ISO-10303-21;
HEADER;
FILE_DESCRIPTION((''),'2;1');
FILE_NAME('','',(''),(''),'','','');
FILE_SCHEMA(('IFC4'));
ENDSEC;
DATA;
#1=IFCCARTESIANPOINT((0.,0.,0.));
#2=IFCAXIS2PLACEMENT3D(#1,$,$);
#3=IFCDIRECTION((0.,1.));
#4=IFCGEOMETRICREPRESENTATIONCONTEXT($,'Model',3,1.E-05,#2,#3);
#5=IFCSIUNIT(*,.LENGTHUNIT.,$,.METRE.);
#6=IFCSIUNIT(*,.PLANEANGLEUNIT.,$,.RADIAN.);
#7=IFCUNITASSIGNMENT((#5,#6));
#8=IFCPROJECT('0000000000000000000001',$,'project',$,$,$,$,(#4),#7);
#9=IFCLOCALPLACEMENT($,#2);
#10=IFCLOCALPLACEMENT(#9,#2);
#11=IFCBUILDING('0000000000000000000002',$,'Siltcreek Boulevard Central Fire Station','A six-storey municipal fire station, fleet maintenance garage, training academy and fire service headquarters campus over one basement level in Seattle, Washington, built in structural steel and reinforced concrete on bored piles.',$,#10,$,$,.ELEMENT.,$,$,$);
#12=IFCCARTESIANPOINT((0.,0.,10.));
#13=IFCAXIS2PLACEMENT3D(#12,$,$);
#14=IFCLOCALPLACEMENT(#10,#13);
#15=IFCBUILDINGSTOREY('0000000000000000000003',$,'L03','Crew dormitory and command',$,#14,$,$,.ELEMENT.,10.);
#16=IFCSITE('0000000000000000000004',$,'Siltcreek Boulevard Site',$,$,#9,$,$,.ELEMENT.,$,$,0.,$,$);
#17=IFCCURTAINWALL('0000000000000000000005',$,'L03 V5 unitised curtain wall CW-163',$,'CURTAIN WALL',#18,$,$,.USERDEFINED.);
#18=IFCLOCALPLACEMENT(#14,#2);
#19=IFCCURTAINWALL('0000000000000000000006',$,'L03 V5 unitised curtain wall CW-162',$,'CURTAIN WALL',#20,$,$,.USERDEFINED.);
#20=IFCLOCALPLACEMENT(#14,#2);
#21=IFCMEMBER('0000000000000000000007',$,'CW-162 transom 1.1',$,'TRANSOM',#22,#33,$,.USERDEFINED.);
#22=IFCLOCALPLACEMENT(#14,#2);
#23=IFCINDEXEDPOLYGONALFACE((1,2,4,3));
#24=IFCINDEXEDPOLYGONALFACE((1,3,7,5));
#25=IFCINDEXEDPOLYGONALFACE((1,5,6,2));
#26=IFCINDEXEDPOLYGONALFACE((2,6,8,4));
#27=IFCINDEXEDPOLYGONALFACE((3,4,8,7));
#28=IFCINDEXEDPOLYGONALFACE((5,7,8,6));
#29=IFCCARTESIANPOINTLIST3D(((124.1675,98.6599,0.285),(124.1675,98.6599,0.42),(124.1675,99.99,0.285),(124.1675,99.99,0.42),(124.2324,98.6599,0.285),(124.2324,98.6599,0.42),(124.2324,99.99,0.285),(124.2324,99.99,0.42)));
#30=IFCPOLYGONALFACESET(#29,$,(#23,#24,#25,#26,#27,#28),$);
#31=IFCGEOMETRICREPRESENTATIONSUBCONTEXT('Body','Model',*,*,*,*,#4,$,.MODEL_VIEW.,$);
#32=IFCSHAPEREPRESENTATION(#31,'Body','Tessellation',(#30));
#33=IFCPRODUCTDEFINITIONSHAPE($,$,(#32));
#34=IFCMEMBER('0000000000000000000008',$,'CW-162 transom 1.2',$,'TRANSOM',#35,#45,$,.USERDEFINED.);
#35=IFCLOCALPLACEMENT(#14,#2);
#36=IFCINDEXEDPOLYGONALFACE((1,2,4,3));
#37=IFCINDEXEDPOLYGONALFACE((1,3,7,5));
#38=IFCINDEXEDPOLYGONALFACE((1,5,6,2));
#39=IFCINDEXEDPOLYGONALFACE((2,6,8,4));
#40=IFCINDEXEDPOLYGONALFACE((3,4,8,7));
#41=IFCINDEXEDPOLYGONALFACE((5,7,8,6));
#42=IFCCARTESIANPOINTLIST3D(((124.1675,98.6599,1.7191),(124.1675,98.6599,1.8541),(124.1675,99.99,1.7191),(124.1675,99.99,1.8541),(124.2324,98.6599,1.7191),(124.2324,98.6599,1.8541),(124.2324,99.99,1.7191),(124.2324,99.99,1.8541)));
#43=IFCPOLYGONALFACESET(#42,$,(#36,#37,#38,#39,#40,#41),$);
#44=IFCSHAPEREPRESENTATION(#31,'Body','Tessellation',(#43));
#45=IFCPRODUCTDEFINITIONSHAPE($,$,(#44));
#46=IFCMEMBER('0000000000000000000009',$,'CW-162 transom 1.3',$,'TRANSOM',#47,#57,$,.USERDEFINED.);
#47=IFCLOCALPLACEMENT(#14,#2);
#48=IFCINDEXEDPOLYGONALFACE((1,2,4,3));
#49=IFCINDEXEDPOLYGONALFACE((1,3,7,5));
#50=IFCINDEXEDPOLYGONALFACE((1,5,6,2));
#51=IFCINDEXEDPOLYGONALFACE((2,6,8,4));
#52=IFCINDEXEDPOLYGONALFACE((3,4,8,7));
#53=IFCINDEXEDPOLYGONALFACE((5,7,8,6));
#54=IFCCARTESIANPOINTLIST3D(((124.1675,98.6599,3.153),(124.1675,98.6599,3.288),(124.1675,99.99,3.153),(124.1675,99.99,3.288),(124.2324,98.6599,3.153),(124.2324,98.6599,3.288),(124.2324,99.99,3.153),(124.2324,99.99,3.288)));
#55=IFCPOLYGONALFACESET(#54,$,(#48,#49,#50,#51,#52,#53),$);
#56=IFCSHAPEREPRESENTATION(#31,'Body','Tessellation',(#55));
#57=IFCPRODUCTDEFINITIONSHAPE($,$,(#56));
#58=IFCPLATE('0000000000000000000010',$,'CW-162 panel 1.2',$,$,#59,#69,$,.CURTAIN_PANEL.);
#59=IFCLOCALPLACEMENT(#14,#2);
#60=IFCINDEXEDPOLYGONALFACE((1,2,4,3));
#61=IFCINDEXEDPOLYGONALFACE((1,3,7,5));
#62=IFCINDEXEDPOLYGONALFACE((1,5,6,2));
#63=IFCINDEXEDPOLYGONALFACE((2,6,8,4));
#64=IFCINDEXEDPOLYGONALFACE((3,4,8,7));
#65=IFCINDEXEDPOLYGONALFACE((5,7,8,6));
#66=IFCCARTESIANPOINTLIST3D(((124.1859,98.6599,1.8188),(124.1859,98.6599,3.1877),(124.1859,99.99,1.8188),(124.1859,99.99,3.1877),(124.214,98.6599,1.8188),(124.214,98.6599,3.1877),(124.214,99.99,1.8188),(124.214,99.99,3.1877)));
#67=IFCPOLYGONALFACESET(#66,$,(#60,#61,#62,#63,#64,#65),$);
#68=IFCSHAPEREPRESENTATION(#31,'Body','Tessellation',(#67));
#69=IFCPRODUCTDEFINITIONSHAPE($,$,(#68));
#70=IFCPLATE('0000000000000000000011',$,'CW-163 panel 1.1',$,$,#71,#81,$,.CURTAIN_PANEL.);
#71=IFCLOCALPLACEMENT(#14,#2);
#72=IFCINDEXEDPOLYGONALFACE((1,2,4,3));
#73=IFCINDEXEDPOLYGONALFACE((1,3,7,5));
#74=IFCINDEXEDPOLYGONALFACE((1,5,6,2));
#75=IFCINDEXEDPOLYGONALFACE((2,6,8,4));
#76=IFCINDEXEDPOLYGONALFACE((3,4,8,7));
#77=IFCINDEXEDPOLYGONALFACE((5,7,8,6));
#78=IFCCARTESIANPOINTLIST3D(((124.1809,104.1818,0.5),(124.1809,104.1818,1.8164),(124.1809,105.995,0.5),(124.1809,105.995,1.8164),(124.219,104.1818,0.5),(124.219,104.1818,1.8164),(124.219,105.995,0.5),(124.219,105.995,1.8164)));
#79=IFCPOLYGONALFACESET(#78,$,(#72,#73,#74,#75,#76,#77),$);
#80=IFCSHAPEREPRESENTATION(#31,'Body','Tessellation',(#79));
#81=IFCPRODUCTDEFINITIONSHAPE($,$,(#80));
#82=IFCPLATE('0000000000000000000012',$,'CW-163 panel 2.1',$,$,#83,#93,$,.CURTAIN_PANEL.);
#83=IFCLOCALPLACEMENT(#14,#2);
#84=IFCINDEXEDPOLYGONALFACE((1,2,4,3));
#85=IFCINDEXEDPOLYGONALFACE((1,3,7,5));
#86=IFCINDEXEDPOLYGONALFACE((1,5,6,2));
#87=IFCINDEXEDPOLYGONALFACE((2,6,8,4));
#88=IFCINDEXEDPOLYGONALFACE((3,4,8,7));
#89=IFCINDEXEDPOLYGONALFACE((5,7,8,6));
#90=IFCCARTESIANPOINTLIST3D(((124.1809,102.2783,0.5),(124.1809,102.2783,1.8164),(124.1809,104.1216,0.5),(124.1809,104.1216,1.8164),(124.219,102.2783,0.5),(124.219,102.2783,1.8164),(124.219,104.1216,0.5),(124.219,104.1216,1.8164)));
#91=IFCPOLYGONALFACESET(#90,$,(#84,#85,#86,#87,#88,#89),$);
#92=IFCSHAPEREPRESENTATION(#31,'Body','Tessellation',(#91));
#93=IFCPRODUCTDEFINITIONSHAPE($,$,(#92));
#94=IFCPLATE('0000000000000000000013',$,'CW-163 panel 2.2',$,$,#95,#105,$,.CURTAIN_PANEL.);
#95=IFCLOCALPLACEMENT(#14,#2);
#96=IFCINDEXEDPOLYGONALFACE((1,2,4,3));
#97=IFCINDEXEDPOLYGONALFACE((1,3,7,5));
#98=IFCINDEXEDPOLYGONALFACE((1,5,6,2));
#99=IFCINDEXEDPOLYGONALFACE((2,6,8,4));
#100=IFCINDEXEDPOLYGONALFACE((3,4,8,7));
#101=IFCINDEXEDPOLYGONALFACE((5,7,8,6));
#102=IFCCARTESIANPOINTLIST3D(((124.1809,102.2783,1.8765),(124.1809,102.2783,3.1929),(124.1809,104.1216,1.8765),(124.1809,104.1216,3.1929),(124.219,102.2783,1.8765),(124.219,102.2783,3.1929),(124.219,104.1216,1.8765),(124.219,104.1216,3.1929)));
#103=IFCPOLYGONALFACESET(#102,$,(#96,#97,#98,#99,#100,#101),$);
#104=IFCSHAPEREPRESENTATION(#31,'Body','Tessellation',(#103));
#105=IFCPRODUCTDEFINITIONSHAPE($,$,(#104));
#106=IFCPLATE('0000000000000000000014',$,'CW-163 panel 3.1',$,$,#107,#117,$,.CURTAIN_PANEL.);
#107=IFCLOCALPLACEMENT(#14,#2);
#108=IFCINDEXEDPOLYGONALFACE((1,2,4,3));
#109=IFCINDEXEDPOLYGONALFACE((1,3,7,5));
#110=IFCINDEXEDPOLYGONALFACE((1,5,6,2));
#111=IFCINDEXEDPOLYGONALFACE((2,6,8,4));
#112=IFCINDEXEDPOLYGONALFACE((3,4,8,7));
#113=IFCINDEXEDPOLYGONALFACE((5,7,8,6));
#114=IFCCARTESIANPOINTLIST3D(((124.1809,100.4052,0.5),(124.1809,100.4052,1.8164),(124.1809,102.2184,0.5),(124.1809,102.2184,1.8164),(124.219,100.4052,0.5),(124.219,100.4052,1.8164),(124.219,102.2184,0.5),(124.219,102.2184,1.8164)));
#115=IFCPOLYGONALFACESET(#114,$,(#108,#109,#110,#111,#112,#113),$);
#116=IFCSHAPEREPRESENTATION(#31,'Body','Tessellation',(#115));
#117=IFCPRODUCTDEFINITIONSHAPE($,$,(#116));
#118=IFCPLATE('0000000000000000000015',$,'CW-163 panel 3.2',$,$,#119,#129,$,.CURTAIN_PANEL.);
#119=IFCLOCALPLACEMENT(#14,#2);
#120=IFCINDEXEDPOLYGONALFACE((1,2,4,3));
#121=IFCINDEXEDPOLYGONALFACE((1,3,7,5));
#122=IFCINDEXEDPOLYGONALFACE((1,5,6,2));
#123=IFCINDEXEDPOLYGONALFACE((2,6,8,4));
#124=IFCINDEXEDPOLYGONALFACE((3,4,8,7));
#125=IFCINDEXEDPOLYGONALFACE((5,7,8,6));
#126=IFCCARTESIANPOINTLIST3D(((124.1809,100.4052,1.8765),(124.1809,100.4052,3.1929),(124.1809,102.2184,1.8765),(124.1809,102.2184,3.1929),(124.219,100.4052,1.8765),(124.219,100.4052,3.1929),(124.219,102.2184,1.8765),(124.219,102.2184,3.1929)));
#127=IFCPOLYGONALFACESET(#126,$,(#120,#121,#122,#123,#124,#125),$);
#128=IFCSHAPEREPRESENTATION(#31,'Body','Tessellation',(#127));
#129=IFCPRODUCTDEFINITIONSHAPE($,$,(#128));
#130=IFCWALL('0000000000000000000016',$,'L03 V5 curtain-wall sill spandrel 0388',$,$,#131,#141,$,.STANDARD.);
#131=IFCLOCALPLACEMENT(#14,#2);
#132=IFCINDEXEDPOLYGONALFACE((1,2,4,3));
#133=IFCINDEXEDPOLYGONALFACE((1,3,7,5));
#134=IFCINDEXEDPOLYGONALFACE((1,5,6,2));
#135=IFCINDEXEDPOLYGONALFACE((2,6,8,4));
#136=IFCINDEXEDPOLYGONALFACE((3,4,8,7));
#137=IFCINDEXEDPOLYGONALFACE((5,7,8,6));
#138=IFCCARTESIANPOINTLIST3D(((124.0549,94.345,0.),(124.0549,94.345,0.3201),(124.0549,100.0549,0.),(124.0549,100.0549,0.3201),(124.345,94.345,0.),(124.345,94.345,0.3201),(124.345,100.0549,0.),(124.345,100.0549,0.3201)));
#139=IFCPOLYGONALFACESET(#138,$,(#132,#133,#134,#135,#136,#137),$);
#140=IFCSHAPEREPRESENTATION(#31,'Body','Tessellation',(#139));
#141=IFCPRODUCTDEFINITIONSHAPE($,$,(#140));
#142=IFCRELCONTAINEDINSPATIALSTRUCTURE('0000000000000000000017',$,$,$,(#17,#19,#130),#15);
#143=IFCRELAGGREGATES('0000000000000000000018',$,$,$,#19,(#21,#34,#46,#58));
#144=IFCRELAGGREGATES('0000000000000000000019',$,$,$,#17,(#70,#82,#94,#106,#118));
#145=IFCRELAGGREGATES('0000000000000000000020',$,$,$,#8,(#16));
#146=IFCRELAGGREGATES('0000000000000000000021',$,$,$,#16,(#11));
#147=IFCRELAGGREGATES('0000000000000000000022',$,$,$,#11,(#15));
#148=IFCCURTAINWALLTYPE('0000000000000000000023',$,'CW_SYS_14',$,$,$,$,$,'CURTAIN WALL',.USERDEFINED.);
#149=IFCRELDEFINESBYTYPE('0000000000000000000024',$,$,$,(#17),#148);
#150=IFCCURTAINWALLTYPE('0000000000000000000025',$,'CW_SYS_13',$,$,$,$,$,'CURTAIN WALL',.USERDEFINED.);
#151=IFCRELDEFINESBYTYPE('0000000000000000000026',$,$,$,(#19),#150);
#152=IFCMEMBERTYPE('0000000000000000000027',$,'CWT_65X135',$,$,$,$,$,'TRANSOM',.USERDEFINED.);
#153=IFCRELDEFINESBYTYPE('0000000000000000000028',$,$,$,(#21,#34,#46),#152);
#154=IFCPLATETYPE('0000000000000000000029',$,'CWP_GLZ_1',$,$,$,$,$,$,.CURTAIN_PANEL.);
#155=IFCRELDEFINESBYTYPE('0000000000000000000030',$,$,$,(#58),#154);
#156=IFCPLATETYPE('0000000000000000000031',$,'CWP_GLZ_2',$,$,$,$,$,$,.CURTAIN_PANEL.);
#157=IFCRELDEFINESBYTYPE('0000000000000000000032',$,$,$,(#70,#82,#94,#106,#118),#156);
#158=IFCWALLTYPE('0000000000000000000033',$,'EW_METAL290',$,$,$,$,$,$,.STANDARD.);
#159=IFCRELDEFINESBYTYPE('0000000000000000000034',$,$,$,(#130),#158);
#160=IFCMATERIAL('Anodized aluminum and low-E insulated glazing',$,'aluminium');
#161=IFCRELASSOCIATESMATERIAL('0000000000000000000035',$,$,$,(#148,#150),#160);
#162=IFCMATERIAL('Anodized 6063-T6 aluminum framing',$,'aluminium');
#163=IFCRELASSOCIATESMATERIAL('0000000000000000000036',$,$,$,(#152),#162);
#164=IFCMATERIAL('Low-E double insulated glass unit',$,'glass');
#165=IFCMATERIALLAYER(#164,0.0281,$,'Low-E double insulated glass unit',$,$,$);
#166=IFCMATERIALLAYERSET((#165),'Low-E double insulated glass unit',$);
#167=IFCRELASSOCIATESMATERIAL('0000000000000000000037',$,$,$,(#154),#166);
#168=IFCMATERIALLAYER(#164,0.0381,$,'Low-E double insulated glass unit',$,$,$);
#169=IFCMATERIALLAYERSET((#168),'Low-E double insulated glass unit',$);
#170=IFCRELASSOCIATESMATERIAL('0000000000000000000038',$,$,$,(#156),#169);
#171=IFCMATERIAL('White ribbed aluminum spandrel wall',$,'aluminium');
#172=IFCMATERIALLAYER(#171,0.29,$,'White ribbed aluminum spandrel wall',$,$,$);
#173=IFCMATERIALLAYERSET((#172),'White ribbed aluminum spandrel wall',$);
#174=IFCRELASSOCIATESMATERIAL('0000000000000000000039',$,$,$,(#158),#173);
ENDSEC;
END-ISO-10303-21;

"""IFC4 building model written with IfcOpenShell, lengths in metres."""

from ifc_helpers import new_model, si_unit, direction, frame, frame_2d, origin, origin_2d, place, context, subcontext, project, spatial, rectangle, extrude, material, layer, layer_set, material_profile, profile_set, type_object, element, aggregate, save


model = new_model("IFC4")

# Units and contexts
model_context = context("Model", 3, precision=1e-05, world=origin(), true_north=direction((0.0, 1.0)))
body_context = subcontext(model_context, "Body", "Model", "MODEL_VIEW")
ifc_project = project(units=[si_unit("LENGTHUNIT", "METRE"), si_unit("PLANEANGLEUNIT", "RADIAN")], contexts=[model_context])

# Site, building, storey
site_placement = place(None, origin())
site = spatial("IfcSite", under=ifc_project, at=site_placement, Name="Siltcreek Boulevard Site", CompositionType="ELEMENT", RefElevation=0.0)
building_placement = place(site_placement, origin())
building = spatial("IfcBuilding", under=site, at=building_placement, Name="Siltcreek Boulevard Central Fire Station", Description="A six-storey municipal fire station, fleet maintenance garage, training academy and fire service headquarters campus over one basement level in Seattle, Washington, built in structural steel and reinforced concrete on bored piles.", CompositionType="ELEMENT")
storey_placement = place(building_placement, frame((0.0, 0.0, 10.0)))
storey = spatial("IfcBuildingStorey", under=building, at=storey_placement, Name="L03", Description="Crew dormitory and command", CompositionType="ELEMENT", Elevation=10.0)

# Curtain wall
ifc_material_1 = material(Name="Anodized aluminum and low-E insulated glazing", Category="aluminium")
curtain_wall_type_1 = type_object("IfcCurtainWallType", Name="CW_SYS_14", ElementType="CURTAIN WALL", PredefinedType="USERDEFINED", material=ifc_material_1)
curtain_wall_1_placement = place(storey_placement, origin())
curtain_wall_1 = element("IfcCurtainWall", 1, at=curtain_wall_1_placement, inside=storey, type_object=curtain_wall_type_1, Name="L03 V5 unitised curtain wall CW-163", ObjectType="CURTAIN WALL", PredefinedType="USERDEFINED")
ifc_material_2 = material(Name="Anodized 6063-T6 aluminum framing", Category="aluminium")

# Curtain wall
curtain_wall_type_2 = type_object("IfcCurtainWallType", Name="CW_SYS_13", ElementType="CURTAIN WALL", PredefinedType="USERDEFINED", material=ifc_material_1)
curtain_wall_2_placement = place(storey_placement, origin())
curtain_wall_2 = element("IfcCurtainWall", 2, at=curtain_wall_2_placement, inside=storey, type_object=curtain_wall_type_2, Name="L03 V5 unitised curtain wall CW-162", ObjectType="CURTAIN WALL", PredefinedType="USERDEFINED")

# Members
ifc_material_profile_1 = material_profile(ifc_material_2, rectangle(XDim=0.0649, YDim=0.135, at=origin_2d()), Name="TRAN65X135")
ifc_profile_set_1 = profile_set([ifc_material_profile_1], Name="Anodized 6063-T6 aluminum framing")
member_type_1 = type_object("IfcMemberType", Name="CWT_65X135", ElementType="TRANSOM", PredefinedType="USERDEFINED", material=ifc_profile_set_1)
member_1_placement = place(storey_placement, frame((124.2, 99.99, 0.3525), z_axis=(0.0, -1.0, 0.0), x_axis=(1.0, 0.0, 0.0)))
member_1 = element("IfcMember", 3, at=member_1_placement, type_object=member_type_1, Name="CW-162 transom 1.1", ObjectType="TRANSOM", PredefinedType="USERDEFINED", context=body_context, shape_type="SweptSolid", body=[
    extrude(rectangle(XDim=0.0649, YDim=0.135, at=origin_2d()), origin(), (0.0, 0.0, 1.0), 1.3301),
])
member_2_placement = place(storey_placement, frame((124.2, 99.99, 1.7866), z_axis=(0.0, -1.0, 0.0), x_axis=(1.0, 0.0, 0.0)))
member_2 = element("IfcMember", 4, at=member_2_placement, type_object=member_type_1, Name="CW-162 transom 1.2", ObjectType="TRANSOM", PredefinedType="USERDEFINED", context=body_context, shape_type="SweptSolid", body=[
    extrude(rectangle(XDim=0.0649, YDim=0.135, at=origin_2d()), origin(), (0.0, 0.0, 1.0), 1.3301),
])
member_3_placement = place(storey_placement, frame((124.2, 99.99, 3.2205), z_axis=(0.0, -1.0, 0.0), x_axis=(1.0, 0.0, 0.0)))
member_3 = element("IfcMember", 5, at=member_3_placement, type_object=member_type_1, Name="CW-162 transom 1.3", ObjectType="TRANSOM", PredefinedType="USERDEFINED", context=body_context, shape_type="SweptSolid", body=[
    extrude(rectangle(XDim=0.0649, YDim=0.135, at=origin_2d()), origin(), (0.0, 0.0, 1.0), 1.3301),
])

# Plates
ifc_material_3 = material(Name="Low-E double insulated glass unit", Category="glass")
ifc_layer_1 = layer(ifc_material_3, 0.0281, Name="Low-E double insulated glass unit")
ifc_layer_set_1 = layer_set([ifc_layer_1], Name="Low-E double insulated glass unit")
plate_type_1 = type_object("IfcPlateType", Name="CWP_GLZ_1", PredefinedType="CURTAIN_PANEL", material=ifc_layer_set_1)
plate_1_placement = place(storey_placement, frame((124.2, 99.325, 1.8188), z_axis=(0.0, 0.0, 1.0), x_axis=(0.0, -1.0, 0.0)))
plate_1 = element("IfcPlate", 6, at=plate_1_placement, type_object=plate_type_1, Name="CW-162 panel 1.2", PredefinedType="CURTAIN_PANEL", context=body_context, shape_type="SweptSolid", body=[
    extrude(rectangle(XDim=1.3301, YDim=0.0281, at=origin_2d()), origin(), (0.0, 0.0, 1.0), 1.3689),
])
aggregate(curtain_wall_2, [member_1, member_2, member_3, plate_1])
ifc_layer_2 = layer(ifc_material_3, 0.0381, Name="Low-E double insulated glass unit")
ifc_layer_set_2 = layer_set([ifc_layer_2], Name="Low-E double insulated glass unit")
plate_type_2 = type_object("IfcPlateType", Name="CWP_GLZ_2", PredefinedType="CURTAIN_PANEL", material=ifc_layer_set_2)
plate_2_placement = place(storey_placement, frame((124.2, 105.0884, 0.5), z_axis=(0.0, 0.0, 1.0), x_axis=(0.0, -1.0, 0.0)))
plate_2 = element("IfcPlate", 7, at=plate_2_placement, type_object=plate_type_2, Name="CW-163 panel 1.1", PredefinedType="CURTAIN_PANEL", context=body_context, shape_type="SweptSolid", body=[
    extrude(rectangle(XDim=1.8132, YDim=0.0381, at=origin_2d()), origin(), (0.0, 0.0, 1.0), 1.3164),
])
plate_3_placement = place(storey_placement, frame((124.2, 103.2, 0.5), z_axis=(0.0, 0.0, 1.0), x_axis=(0.0, -1.0, 0.0)))
plate_3 = element("IfcPlate", 8, at=plate_3_placement, type_object=plate_type_2, Name="CW-163 panel 2.1", PredefinedType="CURTAIN_PANEL", context=body_context, shape_type="SweptSolid", body=[
    extrude(rectangle(XDim=1.8433, YDim=0.0381, at=origin_2d()), origin(), (0.0, 0.0, 1.0), 1.3164),
])
plate_4_placement = place(storey_placement, frame((124.2, 103.2, 1.8765), z_axis=(0.0, 0.0, 1.0), x_axis=(0.0, -1.0, 0.0)))
plate_4 = element("IfcPlate", 9, at=plate_4_placement, type_object=plate_type_2, Name="CW-163 panel 2.2", PredefinedType="CURTAIN_PANEL", context=body_context, shape_type="SweptSolid", body=[
    extrude(rectangle(XDim=1.8433, YDim=0.0381, at=origin_2d()), origin(), (0.0, 0.0, 1.0), 1.3164),
])
plate_5_placement = place(storey_placement, frame((124.2, 101.3118, 0.5), z_axis=(0.0, 0.0, 1.0), x_axis=(0.0, -1.0, 0.0)))
plate_5 = element("IfcPlate", 10, at=plate_5_placement, type_object=plate_type_2, Name="CW-163 panel 3.1", PredefinedType="CURTAIN_PANEL", context=body_context, shape_type="SweptSolid", body=[
    extrude(rectangle(XDim=1.8132, YDim=0.0381, at=origin_2d()), origin(), (0.0, 0.0, 1.0), 1.3164),
])
plate_6_placement = place(storey_placement, frame((124.2, 101.3118, 1.8765), z_axis=(0.0, 0.0, 1.0), x_axis=(0.0, -1.0, 0.0)))
plate_6 = element("IfcPlate", 11, at=plate_6_placement, type_object=plate_type_2, Name="CW-163 panel 3.2", PredefinedType="CURTAIN_PANEL", context=body_context, shape_type="SweptSolid", body=[
    extrude(rectangle(XDim=1.8132, YDim=0.0381, at=origin_2d()), origin(), (0.0, 0.0, 1.0), 1.3164),
])
aggregate(curtain_wall_1, [plate_2, plate_3, plate_4, plate_5, plate_6])

# Wall
ifc_material_4 = material(Name="White ribbed aluminum spandrel wall", Category="aluminium")
ifc_layer_3 = layer(ifc_material_4, 0.29, Name="White ribbed aluminum spandrel wall")
ifc_layer_set_3 = layer_set([ifc_layer_3], Name="White ribbed aluminum spandrel wall")
wall_type = type_object("IfcWallType", Name="EW_METAL290", PredefinedType="STANDARD", material=ifc_layer_set_3)
wall_placement = place(storey_placement, frame((124.2, 100.0549, 0.0), z_axis=(0.0, 0.0, 1.0), x_axis=(0.0, -1.0, 0.0)))
element("IfcWall", 12, at=wall_placement, inside=storey, type_object=wall_type, Name="L03 V5 curtain-wall sill spandrel 0388", PredefinedType="STANDARD", context=body_context, shape_type="SweptSolid", body=[
    extrude(rectangle(XDim=5.71, YDim=0.29, at=frame_2d((2.855, 0.0))), origin(), (0.0, 0.0, 1.0), 0.3201),
])

save(model, "model.ifc")
